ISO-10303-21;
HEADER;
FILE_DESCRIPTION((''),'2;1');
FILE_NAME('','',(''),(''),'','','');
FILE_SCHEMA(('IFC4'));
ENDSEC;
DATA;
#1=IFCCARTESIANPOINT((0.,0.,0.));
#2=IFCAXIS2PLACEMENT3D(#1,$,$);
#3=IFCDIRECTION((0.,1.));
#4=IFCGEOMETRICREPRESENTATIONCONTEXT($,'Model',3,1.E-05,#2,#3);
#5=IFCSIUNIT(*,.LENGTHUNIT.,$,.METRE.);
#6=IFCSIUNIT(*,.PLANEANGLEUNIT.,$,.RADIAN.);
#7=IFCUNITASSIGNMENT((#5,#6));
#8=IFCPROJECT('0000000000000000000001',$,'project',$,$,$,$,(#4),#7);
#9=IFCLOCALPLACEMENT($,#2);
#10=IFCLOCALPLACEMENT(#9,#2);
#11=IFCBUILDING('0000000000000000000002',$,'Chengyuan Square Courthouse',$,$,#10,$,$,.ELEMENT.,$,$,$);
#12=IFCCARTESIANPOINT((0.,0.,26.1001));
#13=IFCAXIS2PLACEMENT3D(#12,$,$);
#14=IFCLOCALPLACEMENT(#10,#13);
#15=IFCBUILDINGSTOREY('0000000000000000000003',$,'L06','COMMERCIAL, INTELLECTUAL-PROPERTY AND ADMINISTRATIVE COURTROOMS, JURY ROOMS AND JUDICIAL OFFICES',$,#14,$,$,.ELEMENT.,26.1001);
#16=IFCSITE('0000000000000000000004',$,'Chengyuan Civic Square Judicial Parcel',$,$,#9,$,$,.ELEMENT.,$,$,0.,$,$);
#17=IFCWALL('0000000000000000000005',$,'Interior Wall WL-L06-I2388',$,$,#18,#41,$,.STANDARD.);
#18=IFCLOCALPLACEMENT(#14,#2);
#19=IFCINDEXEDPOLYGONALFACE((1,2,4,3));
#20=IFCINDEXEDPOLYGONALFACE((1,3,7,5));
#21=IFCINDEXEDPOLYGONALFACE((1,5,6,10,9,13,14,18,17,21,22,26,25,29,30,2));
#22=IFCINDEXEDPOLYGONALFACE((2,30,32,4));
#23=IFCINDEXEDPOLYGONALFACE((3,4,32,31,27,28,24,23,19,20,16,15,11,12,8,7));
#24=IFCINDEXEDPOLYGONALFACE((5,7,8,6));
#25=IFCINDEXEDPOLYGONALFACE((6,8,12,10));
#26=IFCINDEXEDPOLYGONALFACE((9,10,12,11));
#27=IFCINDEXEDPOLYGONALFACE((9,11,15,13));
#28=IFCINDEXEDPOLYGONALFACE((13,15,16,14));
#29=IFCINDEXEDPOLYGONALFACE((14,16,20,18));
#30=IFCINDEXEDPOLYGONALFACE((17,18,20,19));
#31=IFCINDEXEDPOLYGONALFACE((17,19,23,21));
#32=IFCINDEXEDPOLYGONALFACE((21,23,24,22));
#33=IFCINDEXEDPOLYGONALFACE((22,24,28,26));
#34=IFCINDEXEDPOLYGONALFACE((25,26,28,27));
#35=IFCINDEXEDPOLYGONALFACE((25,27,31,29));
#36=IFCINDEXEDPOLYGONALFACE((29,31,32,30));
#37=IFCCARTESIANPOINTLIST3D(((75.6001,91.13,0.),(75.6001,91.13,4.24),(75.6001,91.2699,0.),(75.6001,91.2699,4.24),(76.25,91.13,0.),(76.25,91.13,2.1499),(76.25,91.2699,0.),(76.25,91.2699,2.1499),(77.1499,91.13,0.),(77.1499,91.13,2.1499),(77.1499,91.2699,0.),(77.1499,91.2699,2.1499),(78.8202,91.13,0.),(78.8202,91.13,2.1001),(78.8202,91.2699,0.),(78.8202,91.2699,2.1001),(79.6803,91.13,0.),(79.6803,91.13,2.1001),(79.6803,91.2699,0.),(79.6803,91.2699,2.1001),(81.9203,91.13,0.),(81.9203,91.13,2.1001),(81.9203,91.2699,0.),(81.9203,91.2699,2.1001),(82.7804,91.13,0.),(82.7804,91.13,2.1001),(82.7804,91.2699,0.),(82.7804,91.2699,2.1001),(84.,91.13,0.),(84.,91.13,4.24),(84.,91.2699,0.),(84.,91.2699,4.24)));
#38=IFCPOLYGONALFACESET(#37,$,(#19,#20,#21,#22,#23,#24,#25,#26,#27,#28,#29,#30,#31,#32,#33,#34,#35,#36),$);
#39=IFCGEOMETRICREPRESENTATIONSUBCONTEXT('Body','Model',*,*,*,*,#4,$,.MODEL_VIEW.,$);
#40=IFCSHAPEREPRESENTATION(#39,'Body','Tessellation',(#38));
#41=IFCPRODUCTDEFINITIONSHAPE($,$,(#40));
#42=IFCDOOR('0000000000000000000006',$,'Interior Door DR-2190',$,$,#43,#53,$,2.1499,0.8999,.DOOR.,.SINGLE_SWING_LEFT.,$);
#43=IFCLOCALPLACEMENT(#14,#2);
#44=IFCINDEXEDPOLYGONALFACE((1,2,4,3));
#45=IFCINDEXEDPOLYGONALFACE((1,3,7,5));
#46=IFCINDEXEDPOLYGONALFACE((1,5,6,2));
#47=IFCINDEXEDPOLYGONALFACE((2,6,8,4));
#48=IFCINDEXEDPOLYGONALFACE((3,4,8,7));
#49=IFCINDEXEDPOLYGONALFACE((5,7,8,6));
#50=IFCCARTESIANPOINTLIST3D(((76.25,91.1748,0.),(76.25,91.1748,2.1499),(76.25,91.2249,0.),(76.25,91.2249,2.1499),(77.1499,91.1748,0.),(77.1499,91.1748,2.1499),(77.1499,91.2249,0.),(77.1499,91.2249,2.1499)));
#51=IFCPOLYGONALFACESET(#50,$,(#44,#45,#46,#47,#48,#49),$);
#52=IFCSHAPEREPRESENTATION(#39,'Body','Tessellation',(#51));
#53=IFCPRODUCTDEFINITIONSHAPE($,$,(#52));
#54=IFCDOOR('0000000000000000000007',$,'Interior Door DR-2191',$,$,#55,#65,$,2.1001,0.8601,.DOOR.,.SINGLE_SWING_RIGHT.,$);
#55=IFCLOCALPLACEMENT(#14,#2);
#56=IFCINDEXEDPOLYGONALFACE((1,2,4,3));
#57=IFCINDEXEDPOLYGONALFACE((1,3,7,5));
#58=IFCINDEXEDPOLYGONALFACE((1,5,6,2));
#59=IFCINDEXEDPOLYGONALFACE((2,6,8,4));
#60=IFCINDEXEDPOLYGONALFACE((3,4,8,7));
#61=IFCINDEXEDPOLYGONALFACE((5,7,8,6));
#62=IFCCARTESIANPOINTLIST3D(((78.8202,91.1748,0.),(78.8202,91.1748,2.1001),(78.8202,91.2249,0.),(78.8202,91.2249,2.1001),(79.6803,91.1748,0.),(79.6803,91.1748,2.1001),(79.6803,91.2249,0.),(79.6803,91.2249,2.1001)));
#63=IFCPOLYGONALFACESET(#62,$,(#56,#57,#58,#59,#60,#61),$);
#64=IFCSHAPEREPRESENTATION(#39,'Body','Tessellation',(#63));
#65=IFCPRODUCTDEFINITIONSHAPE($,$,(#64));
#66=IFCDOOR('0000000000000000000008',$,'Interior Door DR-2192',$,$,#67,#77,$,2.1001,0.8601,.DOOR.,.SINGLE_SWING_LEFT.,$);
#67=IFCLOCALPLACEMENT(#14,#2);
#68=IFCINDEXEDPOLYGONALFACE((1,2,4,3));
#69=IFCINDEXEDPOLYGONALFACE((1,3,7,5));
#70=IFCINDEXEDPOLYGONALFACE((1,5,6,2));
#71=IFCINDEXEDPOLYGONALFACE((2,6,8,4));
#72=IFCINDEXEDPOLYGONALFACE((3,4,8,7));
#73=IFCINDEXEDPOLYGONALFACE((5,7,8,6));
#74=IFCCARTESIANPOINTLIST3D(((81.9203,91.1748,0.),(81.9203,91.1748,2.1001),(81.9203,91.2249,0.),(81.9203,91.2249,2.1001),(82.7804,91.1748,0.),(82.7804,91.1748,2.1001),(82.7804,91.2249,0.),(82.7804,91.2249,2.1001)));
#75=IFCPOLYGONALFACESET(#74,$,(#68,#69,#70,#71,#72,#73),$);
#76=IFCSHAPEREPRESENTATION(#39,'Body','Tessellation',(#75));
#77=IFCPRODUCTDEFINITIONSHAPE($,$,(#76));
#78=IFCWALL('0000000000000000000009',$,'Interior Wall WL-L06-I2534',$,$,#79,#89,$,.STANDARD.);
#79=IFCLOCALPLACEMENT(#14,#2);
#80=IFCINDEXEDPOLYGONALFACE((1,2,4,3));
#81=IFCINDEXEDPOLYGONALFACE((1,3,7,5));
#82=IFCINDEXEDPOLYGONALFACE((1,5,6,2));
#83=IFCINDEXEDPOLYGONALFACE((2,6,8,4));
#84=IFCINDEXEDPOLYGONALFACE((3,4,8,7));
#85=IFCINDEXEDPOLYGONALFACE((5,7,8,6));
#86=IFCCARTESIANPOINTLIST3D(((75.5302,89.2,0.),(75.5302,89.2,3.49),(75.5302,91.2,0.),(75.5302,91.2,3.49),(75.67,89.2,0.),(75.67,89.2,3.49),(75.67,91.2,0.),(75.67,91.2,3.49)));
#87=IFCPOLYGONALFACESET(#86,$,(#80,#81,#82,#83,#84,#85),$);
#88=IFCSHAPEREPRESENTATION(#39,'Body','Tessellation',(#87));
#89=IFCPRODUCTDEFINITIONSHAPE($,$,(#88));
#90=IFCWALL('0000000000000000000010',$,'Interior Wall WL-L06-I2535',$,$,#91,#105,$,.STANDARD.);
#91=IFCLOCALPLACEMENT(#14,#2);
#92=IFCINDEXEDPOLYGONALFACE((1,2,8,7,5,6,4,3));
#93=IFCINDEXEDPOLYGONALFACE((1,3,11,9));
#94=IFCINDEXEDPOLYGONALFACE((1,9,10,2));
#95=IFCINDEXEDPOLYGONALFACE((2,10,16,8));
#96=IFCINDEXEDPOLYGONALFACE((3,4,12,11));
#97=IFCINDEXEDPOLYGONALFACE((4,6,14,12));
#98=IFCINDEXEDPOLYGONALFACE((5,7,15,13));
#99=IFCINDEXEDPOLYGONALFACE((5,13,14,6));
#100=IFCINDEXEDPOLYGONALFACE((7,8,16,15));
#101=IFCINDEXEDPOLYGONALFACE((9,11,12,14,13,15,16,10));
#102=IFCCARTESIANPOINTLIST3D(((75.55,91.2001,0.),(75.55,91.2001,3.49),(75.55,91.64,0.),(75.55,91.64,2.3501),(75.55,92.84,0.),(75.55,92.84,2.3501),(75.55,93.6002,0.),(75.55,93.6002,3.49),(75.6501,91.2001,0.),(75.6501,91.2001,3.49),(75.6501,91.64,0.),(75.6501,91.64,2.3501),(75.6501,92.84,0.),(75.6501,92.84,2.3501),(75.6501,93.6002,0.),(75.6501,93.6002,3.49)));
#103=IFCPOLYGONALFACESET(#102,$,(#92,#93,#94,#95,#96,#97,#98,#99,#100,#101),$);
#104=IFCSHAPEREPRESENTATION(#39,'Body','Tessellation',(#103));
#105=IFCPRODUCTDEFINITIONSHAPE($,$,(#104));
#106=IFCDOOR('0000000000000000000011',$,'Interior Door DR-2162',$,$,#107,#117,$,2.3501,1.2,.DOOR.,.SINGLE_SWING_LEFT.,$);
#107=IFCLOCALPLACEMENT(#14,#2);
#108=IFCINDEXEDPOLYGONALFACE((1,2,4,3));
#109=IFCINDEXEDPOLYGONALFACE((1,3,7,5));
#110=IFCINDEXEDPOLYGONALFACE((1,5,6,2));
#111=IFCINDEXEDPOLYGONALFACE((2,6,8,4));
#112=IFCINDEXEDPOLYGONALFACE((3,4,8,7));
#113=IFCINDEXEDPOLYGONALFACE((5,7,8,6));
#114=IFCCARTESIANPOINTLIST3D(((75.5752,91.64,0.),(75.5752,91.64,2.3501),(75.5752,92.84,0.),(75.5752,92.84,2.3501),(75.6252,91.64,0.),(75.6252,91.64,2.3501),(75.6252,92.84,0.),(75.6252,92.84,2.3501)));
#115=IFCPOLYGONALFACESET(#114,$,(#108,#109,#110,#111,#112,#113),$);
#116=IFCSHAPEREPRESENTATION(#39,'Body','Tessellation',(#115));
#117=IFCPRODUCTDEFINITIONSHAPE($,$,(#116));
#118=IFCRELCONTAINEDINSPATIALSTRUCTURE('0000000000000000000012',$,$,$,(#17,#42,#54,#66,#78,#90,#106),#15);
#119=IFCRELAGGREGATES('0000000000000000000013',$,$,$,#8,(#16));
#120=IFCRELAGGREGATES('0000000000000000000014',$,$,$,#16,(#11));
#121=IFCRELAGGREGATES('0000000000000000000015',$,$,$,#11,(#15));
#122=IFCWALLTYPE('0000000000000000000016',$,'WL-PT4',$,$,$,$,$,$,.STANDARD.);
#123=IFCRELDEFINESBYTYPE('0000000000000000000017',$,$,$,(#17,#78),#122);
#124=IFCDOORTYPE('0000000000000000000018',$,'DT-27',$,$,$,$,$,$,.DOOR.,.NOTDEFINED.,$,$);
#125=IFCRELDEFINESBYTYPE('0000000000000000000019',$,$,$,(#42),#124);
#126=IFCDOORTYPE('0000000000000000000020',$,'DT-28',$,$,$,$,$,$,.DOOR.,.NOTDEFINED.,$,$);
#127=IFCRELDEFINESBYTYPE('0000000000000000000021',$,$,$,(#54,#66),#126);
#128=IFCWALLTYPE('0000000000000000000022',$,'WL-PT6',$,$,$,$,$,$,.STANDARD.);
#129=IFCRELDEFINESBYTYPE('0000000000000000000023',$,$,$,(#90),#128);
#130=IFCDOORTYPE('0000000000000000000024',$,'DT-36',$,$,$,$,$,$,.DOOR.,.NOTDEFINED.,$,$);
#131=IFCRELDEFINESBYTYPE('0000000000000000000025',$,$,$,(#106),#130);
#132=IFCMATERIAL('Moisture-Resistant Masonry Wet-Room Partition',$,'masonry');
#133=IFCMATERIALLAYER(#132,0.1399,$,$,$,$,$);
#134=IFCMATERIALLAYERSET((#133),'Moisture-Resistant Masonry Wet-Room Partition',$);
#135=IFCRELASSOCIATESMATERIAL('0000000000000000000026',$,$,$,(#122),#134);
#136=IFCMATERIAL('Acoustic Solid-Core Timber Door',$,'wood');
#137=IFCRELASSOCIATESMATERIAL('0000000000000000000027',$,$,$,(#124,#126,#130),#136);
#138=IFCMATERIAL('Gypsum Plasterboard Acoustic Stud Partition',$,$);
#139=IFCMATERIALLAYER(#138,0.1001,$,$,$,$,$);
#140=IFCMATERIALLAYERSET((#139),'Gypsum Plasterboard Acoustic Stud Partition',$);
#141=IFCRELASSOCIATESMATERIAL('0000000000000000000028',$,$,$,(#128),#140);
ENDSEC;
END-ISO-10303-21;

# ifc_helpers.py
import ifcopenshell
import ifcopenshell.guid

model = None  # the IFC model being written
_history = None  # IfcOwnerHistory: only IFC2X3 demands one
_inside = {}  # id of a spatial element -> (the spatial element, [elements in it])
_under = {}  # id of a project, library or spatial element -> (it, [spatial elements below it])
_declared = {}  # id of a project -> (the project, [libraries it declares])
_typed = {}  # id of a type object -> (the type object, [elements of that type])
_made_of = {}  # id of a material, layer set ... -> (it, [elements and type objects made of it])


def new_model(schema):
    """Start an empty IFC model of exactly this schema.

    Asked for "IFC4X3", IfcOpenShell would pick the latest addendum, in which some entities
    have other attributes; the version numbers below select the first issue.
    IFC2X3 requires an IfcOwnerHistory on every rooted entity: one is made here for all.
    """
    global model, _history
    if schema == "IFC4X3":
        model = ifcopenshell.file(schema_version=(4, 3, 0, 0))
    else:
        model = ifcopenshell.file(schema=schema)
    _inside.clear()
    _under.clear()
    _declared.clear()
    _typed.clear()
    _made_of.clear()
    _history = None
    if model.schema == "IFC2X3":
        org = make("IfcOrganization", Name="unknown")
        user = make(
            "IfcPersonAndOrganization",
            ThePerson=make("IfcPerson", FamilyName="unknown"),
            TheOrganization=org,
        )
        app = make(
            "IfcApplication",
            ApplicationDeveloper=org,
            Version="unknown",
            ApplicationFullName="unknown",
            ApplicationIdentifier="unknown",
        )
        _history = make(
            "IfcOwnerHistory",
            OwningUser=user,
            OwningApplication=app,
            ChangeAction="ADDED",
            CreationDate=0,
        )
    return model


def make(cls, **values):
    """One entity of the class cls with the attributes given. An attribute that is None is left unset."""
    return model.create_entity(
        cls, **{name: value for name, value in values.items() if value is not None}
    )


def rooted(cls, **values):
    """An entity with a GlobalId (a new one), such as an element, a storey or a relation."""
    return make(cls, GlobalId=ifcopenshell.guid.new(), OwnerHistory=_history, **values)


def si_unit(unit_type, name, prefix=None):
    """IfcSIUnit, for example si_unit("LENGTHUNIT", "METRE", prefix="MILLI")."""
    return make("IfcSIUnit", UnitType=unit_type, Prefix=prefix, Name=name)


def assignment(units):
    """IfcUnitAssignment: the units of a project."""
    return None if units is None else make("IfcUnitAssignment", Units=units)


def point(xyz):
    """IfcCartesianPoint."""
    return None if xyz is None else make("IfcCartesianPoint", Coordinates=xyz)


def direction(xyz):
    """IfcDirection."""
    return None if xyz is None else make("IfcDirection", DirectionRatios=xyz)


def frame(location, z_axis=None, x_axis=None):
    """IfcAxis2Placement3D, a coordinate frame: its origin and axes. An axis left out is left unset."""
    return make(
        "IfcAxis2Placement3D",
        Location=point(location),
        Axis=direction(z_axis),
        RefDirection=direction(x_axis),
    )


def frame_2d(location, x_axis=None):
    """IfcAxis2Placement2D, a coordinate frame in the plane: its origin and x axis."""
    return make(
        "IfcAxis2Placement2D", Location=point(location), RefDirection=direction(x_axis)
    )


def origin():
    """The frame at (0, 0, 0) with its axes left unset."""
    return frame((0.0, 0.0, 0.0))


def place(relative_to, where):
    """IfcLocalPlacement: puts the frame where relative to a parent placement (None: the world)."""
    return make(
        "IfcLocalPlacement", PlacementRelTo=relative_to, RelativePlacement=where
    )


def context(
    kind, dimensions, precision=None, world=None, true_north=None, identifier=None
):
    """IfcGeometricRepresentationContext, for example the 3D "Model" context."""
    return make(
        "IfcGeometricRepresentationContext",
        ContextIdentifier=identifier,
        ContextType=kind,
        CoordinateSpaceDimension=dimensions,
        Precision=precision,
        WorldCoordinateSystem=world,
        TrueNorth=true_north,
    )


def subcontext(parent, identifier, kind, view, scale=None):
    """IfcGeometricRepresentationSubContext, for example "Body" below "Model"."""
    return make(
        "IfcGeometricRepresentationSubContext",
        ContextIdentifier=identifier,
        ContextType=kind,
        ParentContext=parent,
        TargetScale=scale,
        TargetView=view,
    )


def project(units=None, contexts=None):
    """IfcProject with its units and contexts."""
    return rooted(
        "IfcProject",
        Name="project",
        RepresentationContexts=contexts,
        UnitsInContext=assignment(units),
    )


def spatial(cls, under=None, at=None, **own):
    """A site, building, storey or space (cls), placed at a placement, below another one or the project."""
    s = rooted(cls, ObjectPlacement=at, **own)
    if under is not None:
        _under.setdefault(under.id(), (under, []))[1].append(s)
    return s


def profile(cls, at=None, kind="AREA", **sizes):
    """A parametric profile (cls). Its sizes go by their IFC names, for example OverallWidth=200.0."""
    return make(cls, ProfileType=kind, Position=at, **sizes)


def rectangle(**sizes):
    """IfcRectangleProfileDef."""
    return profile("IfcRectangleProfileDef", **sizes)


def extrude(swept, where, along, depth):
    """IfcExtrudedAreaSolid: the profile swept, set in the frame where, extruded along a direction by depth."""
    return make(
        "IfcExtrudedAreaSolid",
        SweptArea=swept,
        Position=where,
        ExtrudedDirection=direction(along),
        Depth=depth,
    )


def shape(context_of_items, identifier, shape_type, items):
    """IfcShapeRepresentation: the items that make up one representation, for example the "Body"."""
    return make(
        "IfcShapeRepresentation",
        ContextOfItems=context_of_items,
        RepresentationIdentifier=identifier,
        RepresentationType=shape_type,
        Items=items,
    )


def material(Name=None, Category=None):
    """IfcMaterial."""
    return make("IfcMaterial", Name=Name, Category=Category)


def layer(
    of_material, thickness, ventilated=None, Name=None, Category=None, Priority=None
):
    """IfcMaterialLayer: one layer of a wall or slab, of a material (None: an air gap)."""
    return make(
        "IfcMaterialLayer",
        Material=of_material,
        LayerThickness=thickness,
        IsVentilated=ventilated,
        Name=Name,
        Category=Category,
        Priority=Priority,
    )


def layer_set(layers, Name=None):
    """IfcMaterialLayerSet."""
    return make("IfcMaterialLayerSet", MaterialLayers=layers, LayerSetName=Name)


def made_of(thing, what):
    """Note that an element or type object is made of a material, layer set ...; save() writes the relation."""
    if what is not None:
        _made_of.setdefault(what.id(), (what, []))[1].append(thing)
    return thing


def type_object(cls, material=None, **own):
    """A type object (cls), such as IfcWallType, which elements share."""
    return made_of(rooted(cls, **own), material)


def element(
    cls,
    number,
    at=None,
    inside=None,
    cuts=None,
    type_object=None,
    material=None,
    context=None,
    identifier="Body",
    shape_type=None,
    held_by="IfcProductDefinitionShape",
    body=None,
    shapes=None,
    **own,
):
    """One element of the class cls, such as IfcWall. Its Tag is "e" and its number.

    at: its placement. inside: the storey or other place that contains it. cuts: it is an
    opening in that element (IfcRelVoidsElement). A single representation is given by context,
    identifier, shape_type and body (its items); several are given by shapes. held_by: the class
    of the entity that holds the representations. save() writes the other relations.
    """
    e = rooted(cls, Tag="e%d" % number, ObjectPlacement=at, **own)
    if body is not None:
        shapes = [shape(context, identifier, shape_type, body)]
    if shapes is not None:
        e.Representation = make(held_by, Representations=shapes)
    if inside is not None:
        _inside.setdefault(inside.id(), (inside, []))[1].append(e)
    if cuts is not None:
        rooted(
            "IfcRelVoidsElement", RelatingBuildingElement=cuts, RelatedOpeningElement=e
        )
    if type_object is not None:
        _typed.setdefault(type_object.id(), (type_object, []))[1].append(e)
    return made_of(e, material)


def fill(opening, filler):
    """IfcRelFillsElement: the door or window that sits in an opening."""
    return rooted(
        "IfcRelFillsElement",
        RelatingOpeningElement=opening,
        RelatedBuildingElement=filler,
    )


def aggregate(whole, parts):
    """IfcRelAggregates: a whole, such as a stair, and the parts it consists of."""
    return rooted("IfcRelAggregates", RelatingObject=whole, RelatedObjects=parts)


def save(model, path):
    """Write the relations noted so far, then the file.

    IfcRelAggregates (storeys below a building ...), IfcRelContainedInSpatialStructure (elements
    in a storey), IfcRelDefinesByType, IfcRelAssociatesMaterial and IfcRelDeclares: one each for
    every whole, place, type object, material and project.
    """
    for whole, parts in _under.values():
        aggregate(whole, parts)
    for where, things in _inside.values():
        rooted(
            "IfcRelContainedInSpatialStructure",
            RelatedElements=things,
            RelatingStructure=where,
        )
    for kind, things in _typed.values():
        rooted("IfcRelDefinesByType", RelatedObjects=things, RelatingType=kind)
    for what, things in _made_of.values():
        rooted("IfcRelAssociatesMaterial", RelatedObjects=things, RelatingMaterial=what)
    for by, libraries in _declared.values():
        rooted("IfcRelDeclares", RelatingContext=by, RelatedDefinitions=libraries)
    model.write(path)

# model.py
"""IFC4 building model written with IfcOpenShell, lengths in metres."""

from ifc_helpers import new_model, si_unit, direction, frame, frame_2d, origin, place, context, subcontext, project, spatial, rectangle, extrude, material, layer, layer_set, type_object, element, fill, save


model = new_model("IFC4")

# Units and contexts
model_context = context("Model", 3, precision=1e-05, world=origin(), true_north=direction((0.0, 1.0)))
body_context = subcontext(model_context, "Body", "Model", "MODEL_VIEW")
ifc_project = project(units=[si_unit("LENGTHUNIT", "METRE"), si_unit("PLANEANGLEUNIT", "RADIAN")], contexts=[model_context])

# Site, building, storey
site_placement = place(None, origin())
site = spatial("IfcSite", under=ifc_project, at=site_placement, Name="Chengyuan Civic Square Judicial Parcel", CompositionType="ELEMENT", RefElevation=0.0)
building_placement = place(site_placement, origin())
building = spatial("IfcBuilding", under=site, at=building_placement, Name="Chengyuan Square Courthouse", CompositionType="ELEMENT")
storey_placement = place(building_placement, frame((0.0, 0.0, 26.1001)))
storey = spatial("IfcBuildingStorey", under=building, at=storey_placement, Name="L06", Description="COMMERCIAL, INTELLECTUAL-PROPERTY AND ADMINISTRATIVE COURTROOMS, JURY ROOMS AND JUDICIAL OFFICES", CompositionType="ELEMENT", Elevation=26.1001)

# Wall, openings, doors
ifc_material_1 = material(Name="Moisture-Resistant Masonry Wet-Room Partition", Category="masonry")
ifc_layer_1 = layer(ifc_material_1, 0.1399)
ifc_layer_set_1 = layer_set([ifc_layer_1], Name="Moisture-Resistant Masonry Wet-Room Partition")
wall_type_1 = type_object("IfcWallType", Name="WL-PT4", PredefinedType="STANDARD", material=ifc_layer_set_1)
wall_1_placement = place(storey_placement, frame((75.6001, 91.2, 0.0), z_axis=(0.0, 0.0, 1.0), x_axis=(1.0, 0.0, 0.0)))
wall_1 = element("IfcWall", 1, at=wall_1_placement, inside=storey, type_object=wall_type_1, Name="Interior Wall WL-L06-I2388", PredefinedType="STANDARD", context=body_context, shape_type="SweptSolid", body=[
    extrude(rectangle(XDim=8.3999, YDim=0.1399, at=frame_2d((4.2, 0.0))), origin(), (0.0, 0.0, 1.0), 4.24),
])
opening_1_placement = place(wall_1_placement, frame((0.6499, 0.0, 0.0)))
opening_1 = element("IfcOpeningElement", 2, at=opening_1_placement, cuts=wall_1, PredefinedType="OPENING", context=body_context, shape_type="SweptSolid", body=[
    extrude(rectangle(XDim=0.8999, YDim=2.1499, at=frame_2d((0.45, 1.075))), frame((0.0, 0.082, 0.0), z_axis=(0.0, -1.0, 0.0), x_axis=(1.0, 0.0, 0.0)), (0.0, 0.0, 1.0), 0.1638),
])
opening_2_placement = place(wall_1_placement, frame((3.22, 0.0, 0.0)))
opening_2 = element("IfcOpeningElement", 3, at=opening_2_placement, cuts=wall_1, PredefinedType="OPENING", context=body_context, shape_type="SweptSolid", body=[
    extrude(rectangle(XDim=0.8601, YDim=2.1001, at=frame_2d((0.4302, 1.05))), frame((0.0, 0.082, 0.0), z_axis=(0.0, -1.0, 0.0), x_axis=(1.0, 0.0, 0.0)), (0.0, 0.0, 1.0), 0.1638),
])
opening_3_placement = place(wall_1_placement, frame((6.3201, 0.0, 0.0)))
opening_3 = element("IfcOpeningElement", 4, at=opening_3_placement, cuts=wall_1, PredefinedType="OPENING", context=body_context, shape_type="SweptSolid", body=[
    extrude(rectangle(XDim=0.8601, YDim=2.1001, at=frame_2d((0.4302, 1.05))), frame((0.0, 0.082, 0.0), z_axis=(0.0, -1.0, 0.0), x_axis=(1.0, 0.0, 0.0)), (0.0, 0.0, 1.0), 0.1638),
])
ifc_material_2 = material(Name="Acoustic Solid-Core Timber Door", Category="wood")
door_type_1 = type_object("IfcDoorType", Name="DT-27", OperationType="NOTDEFINED", PredefinedType="DOOR", material=ifc_material_2)
door_1_placement = place(opening_1_placement, origin())
door_1 = element("IfcDoor", 5, at=door_1_placement, inside=storey, type_object=door_type_1, Name="Interior Door DR-2190", OperationType="SINGLE_SWING_LEFT", OverallHeight=2.1499, OverallWidth=0.8999, PredefinedType="DOOR", context=body_context, shape_type="SweptSolid", body=[
    extrude(rectangle(XDim=0.8999, YDim=2.1499, at=frame_2d((0.45, 1.075))), frame((0.0, 0.0249, 0.0), z_axis=(0.0, -1.0, 0.0), x_axis=(1.0, 0.0, 0.0)), (0.0, 0.0, 1.0), 0.05),
])
fill(opening_1, door_1)
door_type_2 = type_object("IfcDoorType", Name="DT-28", OperationType="NOTDEFINED", PredefinedType="DOOR", material=ifc_material_2)
door_2_placement = place(opening_2_placement, origin())
door_2 = element("IfcDoor", 6, at=door_2_placement, inside=storey, type_object=door_type_2, Name="Interior Door DR-2191", OperationType="SINGLE_SWING_RIGHT", OverallHeight=2.1001, OverallWidth=0.8601, PredefinedType="DOOR", context=body_context, shape_type="SweptSolid", body=[
    extrude(rectangle(XDim=0.8601, YDim=2.1001, at=frame_2d((0.4302, 1.05))), frame((0.0, 0.0249, 0.0), z_axis=(0.0, -1.0, 0.0), x_axis=(1.0, 0.0, 0.0)), (0.0, 0.0, 1.0), 0.05),
])
fill(opening_2, door_2)
door_3_placement = place(opening_3_placement, origin())
door_3 = element("IfcDoor", 7, at=door_3_placement, inside=storey, type_object=door_type_2, Name="Interior Door DR-2192", OperationType="SINGLE_SWING_LEFT", OverallHeight=2.1001, OverallWidth=0.8601, PredefinedType="DOOR", context=body_context, shape_type="SweptSolid", body=[
    extrude(rectangle(XDim=0.8601, YDim=2.1001, at=frame_2d((0.4302, 1.05))), frame((0.0, 0.0249, 0.0), z_axis=(0.0, -1.0, 0.0), x_axis=(1.0, 0.0, 0.0)), (0.0, 0.0, 1.0), 0.05),
])
fill(opening_3, door_3)

# Wall
wall_2_placement = place(storey_placement, frame((75.6001, 89.2, 0.0), z_axis=(0.0, 0.0, 1.0), x_axis=(0.0, 1.0, 0.0)))
element("IfcWall", 8, at=wall_2_placement, inside=storey, type_object=wall_type_1, Name="Interior Wall WL-L06-I2534", PredefinedType="STANDARD", context=body_context, shape_type="SweptSolid", body=[
    extrude(rectangle(XDim=2.0, YDim=0.1399, at=frame_2d((1.0, 0.0))), origin(), (0.0, 0.0, 1.0), 3.49),
])

# Wall, opening, door
ifc_material_3 = material(Name="Gypsum Plasterboard Acoustic Stud Partition")
ifc_layer_2 = layer(ifc_material_3, 0.1001)
ifc_layer_set_2 = layer_set([ifc_layer_2], Name="Gypsum Plasterboard Acoustic Stud Partition")
wall_type_2 = type_object("IfcWallType", Name="WL-PT6", PredefinedType="STANDARD", material=ifc_layer_set_2)
wall_3_placement = place(storey_placement, frame((75.6001, 91.2, 0.0), z_axis=(0.0, 0.0, 1.0), x_axis=(0.0, 1.0, 0.0)))
wall_3 = element("IfcWall", 9, at=wall_3_placement, inside=storey, type_object=wall_type_2, Name="Interior Wall WL-L06-I2535", PredefinedType="STANDARD", context=body_context, shape_type="SweptSolid", body=[
    extrude(rectangle(XDim=2.4001, YDim=0.1001, at=frame_2d((1.2002, 0.0))), origin(), (0.0, 0.0, 1.0), 3.49),
])
opening_4_placement = place(wall_3_placement, frame((0.4399, 0.0, 0.0)))
opening_4 = element("IfcOpeningElement", 10, at=opening_4_placement, cuts=wall_3, PredefinedType="OPENING", context=body_context, shape_type="SweptSolid", body=[
    extrude(rectangle(XDim=1.2, YDim=2.3501, at=frame_2d((0.6001, 1.175))), frame((0.0, 0.062, 0.0), z_axis=(0.0, -1.0, 0.0), x_axis=(1.0, 0.0, 0.0)), (0.0, 0.0, 1.0), 0.124),
])
door_type_3 = type_object("IfcDoorType", Name="DT-36", OperationType="NOTDEFINED", PredefinedType="DOOR", material=ifc_material_2)
door_4_placement = place(opening_4_placement, origin())
door_4 = element("IfcDoor", 11, at=door_4_placement, inside=storey, type_object=door_type_3, Name="Interior Door DR-2162", OperationType="SINGLE_SWING_LEFT", OverallHeight=2.3501, OverallWidth=1.2, PredefinedType="DOOR", context=body_context, shape_type="SweptSolid", body=[
    extrude(rectangle(XDim=1.2, YDim=2.3501, at=frame_2d((0.6001, 1.175))), frame((0.0, 0.0249, 0.0), z_axis=(0.0, -1.0, 0.0), x_axis=(1.0, 0.0, 0.0)), (0.0, 0.0, 1.0), 0.05),
])
fill(opening_4, door_4)

save(model, "model.ifc")
